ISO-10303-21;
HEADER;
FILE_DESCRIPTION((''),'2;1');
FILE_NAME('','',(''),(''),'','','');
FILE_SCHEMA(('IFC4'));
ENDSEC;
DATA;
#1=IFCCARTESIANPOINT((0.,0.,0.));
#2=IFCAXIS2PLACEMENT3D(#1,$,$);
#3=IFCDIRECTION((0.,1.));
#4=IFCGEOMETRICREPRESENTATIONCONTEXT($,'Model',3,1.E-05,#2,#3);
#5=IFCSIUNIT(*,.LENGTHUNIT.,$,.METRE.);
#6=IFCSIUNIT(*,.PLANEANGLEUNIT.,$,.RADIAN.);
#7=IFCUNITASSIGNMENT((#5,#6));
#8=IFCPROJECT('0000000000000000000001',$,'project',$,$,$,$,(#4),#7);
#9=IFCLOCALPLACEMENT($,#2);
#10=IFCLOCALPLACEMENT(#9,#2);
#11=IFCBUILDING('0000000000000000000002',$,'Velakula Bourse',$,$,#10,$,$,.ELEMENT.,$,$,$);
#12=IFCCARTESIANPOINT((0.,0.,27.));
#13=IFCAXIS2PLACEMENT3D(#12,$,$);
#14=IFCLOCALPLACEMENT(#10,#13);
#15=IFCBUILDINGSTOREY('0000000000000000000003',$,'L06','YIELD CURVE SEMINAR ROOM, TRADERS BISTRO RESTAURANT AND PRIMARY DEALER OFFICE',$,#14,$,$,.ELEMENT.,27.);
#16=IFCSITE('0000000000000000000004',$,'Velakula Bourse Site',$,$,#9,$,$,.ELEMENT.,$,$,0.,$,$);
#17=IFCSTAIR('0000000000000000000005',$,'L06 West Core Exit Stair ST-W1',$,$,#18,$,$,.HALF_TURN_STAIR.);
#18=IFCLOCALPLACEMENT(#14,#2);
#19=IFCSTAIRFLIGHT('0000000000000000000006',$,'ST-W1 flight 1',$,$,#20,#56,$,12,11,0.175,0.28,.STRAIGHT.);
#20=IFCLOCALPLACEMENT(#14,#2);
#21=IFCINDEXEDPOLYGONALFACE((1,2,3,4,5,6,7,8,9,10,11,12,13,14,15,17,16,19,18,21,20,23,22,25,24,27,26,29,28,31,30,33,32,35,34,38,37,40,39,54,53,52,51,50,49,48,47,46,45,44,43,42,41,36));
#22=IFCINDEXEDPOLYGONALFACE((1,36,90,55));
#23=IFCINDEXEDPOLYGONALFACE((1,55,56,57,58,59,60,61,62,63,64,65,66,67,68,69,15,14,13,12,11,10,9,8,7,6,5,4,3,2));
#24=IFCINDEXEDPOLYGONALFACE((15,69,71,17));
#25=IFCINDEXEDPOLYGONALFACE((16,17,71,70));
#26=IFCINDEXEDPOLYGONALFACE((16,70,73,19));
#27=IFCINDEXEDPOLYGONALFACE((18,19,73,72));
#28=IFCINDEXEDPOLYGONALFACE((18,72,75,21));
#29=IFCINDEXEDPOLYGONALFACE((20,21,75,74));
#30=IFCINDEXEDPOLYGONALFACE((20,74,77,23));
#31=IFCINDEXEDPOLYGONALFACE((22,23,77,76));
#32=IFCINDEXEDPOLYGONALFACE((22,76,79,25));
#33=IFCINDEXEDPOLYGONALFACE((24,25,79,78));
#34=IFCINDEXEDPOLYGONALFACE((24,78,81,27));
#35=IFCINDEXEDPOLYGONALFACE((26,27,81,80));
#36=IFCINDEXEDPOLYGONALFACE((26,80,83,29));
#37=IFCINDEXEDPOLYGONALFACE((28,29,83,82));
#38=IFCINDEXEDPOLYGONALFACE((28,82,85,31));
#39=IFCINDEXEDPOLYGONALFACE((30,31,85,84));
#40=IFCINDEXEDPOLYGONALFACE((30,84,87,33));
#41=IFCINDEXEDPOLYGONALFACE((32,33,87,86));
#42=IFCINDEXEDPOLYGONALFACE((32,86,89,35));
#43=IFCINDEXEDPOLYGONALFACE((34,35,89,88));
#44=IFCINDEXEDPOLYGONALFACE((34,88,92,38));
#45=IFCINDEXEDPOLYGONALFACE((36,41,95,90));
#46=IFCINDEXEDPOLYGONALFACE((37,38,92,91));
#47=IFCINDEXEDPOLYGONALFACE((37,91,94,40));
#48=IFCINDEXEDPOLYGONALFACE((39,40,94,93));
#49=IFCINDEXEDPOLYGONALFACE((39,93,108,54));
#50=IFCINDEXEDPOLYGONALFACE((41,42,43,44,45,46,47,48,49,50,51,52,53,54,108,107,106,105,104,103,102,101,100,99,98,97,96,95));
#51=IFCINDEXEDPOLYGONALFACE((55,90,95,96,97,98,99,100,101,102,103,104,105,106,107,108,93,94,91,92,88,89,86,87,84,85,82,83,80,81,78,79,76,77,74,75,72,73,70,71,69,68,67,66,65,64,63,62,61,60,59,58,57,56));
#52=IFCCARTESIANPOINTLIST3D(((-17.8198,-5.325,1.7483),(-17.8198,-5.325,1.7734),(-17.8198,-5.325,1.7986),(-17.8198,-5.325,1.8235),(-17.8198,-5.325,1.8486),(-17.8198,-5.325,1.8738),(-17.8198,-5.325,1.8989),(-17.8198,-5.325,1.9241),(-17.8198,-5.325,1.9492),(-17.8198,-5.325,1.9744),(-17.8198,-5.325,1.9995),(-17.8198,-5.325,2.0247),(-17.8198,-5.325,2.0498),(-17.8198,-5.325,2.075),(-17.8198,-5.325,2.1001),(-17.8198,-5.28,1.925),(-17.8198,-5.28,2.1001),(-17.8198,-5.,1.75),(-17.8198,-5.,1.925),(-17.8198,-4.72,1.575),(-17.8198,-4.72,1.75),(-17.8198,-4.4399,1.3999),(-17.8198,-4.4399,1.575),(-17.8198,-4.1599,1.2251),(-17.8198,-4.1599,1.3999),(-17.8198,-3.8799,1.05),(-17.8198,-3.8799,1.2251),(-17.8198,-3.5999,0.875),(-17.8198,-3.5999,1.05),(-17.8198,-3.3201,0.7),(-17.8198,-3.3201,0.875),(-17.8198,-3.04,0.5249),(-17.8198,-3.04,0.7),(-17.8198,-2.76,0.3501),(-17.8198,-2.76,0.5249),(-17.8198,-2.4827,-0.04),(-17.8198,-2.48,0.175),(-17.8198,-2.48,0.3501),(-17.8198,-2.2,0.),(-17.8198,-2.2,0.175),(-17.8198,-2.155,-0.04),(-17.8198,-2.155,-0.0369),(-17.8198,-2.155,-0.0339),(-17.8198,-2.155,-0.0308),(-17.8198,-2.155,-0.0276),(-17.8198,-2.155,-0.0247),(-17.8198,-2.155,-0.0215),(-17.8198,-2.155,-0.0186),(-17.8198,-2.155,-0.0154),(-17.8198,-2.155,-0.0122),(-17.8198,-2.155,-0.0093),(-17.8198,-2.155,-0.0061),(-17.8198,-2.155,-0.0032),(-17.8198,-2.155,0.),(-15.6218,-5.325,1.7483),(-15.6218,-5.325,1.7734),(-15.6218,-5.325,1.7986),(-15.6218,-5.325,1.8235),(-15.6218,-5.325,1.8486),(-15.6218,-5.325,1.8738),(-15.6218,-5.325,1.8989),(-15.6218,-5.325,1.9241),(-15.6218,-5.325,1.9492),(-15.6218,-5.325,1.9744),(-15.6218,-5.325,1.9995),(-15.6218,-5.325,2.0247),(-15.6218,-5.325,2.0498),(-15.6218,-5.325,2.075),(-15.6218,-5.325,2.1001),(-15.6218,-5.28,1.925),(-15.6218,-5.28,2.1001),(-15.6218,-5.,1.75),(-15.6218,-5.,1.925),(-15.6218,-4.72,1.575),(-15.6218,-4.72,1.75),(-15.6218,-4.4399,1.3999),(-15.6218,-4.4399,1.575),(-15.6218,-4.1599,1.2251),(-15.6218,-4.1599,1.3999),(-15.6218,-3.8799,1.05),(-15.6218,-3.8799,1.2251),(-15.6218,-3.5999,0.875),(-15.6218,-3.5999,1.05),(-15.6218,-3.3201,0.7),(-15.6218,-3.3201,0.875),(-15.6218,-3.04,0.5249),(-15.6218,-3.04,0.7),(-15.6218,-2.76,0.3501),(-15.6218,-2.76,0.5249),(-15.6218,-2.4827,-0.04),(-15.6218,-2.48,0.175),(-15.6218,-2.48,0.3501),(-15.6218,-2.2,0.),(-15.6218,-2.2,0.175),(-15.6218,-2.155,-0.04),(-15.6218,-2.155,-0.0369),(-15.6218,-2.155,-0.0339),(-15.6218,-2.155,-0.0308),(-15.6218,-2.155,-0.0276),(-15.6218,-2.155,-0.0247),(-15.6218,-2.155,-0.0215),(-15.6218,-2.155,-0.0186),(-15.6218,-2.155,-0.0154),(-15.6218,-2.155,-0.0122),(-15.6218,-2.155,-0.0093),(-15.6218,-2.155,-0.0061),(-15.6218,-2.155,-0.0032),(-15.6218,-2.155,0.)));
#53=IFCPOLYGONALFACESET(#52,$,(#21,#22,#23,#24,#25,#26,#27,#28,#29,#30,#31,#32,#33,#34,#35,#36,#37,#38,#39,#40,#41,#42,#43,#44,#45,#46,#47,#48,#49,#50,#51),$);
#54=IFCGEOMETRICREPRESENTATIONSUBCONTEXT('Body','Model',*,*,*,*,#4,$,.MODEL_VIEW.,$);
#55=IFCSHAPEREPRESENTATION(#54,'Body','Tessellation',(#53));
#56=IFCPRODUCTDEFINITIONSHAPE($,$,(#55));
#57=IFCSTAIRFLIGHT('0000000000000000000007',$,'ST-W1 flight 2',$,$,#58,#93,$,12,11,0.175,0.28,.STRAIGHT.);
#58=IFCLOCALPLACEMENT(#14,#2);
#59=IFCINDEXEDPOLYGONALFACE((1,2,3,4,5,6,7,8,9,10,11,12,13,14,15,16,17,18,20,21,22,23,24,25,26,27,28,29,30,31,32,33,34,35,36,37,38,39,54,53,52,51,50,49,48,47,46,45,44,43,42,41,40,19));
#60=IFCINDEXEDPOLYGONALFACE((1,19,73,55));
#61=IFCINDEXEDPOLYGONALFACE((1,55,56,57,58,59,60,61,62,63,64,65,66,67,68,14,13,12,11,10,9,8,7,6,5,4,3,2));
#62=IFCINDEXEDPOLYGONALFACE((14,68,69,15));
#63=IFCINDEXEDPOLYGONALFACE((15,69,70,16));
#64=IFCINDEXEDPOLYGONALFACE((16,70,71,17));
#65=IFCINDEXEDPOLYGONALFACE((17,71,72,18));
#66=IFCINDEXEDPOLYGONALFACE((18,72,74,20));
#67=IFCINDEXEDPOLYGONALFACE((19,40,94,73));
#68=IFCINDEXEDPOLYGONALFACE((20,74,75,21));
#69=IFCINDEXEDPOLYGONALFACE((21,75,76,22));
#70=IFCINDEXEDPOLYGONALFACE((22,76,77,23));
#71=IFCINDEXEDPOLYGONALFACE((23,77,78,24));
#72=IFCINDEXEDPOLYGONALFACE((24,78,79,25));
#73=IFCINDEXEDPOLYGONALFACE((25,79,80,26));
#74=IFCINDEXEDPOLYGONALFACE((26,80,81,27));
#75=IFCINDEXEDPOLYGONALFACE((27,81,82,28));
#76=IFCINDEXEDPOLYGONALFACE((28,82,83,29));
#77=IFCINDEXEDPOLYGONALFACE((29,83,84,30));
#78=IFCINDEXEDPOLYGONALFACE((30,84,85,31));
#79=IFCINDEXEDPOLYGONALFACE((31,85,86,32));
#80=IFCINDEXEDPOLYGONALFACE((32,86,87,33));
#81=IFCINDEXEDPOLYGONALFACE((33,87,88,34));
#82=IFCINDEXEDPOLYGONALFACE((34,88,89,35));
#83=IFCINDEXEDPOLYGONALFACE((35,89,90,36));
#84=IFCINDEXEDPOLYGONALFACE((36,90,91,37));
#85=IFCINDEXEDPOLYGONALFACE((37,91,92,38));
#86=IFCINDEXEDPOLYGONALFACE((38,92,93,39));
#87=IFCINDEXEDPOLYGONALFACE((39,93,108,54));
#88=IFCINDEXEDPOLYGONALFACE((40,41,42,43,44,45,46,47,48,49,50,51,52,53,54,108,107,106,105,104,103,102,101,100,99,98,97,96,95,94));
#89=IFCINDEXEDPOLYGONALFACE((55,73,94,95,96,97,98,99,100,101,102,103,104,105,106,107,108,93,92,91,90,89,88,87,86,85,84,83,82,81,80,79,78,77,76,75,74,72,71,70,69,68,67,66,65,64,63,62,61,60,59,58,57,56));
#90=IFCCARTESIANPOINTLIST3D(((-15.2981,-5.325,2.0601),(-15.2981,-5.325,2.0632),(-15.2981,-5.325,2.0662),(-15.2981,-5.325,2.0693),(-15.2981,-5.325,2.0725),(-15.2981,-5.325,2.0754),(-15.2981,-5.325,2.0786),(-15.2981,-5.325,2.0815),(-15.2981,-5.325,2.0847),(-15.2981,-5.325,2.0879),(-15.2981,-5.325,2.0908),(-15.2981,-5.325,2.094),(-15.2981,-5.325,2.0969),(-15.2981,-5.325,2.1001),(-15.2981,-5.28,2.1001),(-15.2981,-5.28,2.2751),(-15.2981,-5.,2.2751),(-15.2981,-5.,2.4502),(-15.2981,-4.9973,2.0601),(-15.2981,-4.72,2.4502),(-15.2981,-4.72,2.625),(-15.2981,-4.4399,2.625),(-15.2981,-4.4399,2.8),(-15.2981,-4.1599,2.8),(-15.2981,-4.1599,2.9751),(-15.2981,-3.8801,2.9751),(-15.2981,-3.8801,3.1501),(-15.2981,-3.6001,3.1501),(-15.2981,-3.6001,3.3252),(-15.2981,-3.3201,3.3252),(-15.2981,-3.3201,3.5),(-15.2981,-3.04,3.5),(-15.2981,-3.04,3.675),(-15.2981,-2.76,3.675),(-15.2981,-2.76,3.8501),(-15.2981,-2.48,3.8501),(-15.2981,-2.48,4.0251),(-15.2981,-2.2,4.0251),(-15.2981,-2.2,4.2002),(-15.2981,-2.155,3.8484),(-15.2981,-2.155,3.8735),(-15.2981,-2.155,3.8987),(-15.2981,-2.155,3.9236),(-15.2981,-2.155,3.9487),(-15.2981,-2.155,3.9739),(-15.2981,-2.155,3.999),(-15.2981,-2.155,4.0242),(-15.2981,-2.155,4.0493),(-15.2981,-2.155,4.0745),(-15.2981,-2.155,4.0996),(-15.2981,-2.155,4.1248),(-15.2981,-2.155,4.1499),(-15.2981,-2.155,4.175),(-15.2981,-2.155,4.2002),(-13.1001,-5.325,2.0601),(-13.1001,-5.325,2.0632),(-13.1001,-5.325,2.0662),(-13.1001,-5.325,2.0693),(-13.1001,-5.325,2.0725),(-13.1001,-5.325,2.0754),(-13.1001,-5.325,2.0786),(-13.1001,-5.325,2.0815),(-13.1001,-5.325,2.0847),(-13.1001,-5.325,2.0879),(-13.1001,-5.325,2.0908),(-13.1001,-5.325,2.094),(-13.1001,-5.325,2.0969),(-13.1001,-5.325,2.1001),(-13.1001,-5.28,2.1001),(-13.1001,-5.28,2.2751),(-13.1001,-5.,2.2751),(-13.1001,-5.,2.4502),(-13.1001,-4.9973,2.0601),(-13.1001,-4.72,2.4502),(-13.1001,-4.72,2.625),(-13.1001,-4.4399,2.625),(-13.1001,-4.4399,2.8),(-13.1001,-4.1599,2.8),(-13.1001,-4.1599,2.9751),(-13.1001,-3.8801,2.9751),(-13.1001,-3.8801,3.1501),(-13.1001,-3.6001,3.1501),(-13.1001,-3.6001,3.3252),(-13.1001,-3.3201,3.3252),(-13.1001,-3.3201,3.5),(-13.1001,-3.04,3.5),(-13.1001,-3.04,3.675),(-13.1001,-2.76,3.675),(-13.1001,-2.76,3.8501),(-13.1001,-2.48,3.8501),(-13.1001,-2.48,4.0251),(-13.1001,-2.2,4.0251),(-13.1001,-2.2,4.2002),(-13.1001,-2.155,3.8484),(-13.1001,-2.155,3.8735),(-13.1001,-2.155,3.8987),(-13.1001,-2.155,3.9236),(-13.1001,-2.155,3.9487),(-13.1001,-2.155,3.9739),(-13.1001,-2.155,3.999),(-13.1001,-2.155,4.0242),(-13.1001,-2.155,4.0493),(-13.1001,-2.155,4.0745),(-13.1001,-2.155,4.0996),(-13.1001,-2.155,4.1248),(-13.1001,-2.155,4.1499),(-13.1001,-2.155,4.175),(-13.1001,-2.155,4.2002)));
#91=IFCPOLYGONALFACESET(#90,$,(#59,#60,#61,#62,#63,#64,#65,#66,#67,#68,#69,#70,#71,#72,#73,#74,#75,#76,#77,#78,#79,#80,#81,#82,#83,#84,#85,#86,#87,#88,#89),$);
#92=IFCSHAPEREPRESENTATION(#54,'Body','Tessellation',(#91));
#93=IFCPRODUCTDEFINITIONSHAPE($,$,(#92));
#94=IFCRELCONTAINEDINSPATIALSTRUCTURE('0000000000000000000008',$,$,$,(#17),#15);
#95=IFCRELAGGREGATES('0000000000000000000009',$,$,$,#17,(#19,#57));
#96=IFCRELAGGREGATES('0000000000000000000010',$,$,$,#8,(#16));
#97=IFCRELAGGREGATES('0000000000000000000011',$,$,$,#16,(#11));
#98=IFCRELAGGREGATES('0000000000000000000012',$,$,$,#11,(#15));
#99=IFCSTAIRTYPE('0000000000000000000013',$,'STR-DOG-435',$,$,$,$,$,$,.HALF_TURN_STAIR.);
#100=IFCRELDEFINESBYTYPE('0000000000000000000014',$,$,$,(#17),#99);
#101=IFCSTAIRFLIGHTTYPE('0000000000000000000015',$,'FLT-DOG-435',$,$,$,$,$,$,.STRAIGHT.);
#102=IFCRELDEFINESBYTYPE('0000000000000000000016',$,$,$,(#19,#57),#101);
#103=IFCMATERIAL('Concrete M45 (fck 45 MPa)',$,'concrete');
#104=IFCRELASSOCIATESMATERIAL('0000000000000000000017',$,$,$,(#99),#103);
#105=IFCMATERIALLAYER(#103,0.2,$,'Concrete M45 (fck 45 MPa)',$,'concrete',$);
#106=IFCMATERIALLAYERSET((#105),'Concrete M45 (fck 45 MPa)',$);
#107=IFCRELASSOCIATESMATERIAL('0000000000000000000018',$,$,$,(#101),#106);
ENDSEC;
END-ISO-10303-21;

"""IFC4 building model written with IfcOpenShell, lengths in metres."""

from ifc_helpers import new_model, si_unit, direction, frame, origin, place, context, subcontext, project, spatial, polyline, outline, extrude, material, layer, layer_set, type_object, element, aggregate, save


model = new_model("IFC4")

# Units and contexts
model_context = context("Model", 3, precision=1e-05, world=origin(), true_north=direction((0.0, 1.0)))
body_context = subcontext(model_context, "Body", "Model", "MODEL_VIEW")
ifc_project = project(units=[si_unit("LENGTHUNIT", "METRE"), si_unit("PLANEANGLEUNIT", "RADIAN")], contexts=[model_context])

# Site, building, storey
site_placement = place(None, origin())
site = spatial("IfcSite", under=ifc_project, at=site_placement, Name="Velakula Bourse Site", CompositionType="ELEMENT", RefElevation=0.0)
building_placement = place(site_placement, origin())
building = spatial("IfcBuilding", under=site, at=building_placement, Name="Velakula Bourse", CompositionType="ELEMENT")
storey_placement = place(building_placement, frame((0.0, 0.0, 27.0)))
storey = spatial("IfcBuildingStorey", under=building, at=storey_placement, Name="L06", Description="YIELD CURVE SEMINAR ROOM, TRADERS BISTRO RESTAURANT AND PRIMARY DEALER OFFICE", CompositionType="ELEMENT", Elevation=27.0)

# Stair, stair flights
ifc_material_1 = material(Name="Concrete M45 (fck 45 MPa)", Category="concrete")
stair_type = type_object("IfcStairType", Name="STR-DOG-435", PredefinedType="HALF_TURN_STAIR", material=ifc_material_1)
stair_placement = place(storey_placement, origin())
stair = element("IfcStair", 1, at=stair_placement, inside=storey, type_object=stair_type, Name="L06 West Core Exit Stair ST-W1", PredefinedType="HALF_TURN_STAIR")
ifc_layer_1 = layer(ifc_material_1, 0.2, Name="Concrete M45 (fck 45 MPa)", Category="concrete")
ifc_layer_set_1 = layer_set([ifc_layer_1], Name="Concrete M45 (fck 45 MPa)")
stair_flight_type = type_object("IfcStairFlightType", Name="FLT-DOG-435", PredefinedType="STRAIGHT", material=ifc_layer_set_1)
stair_flight_1_placement = place(storey_placement, frame((-16.7209, -2.2, 0.0), z_axis=(0.0, 0.0, 1.0), x_axis=(0.0, -1.0, 0.0)))
stair_flight_1 = element("IfcStairFlight", 2, at=stair_flight_1_placement, type_object=stair_flight_type, Name="ST-W1 flight 1", NumberOfRisers=12, NumberOfTreads=11, PredefinedType="STRAIGHT", RiserHeight=0.175, TreadLength=0.28, context=body_context, shape_type="SweptSolid", body=[
    extrude(outline(polyline([(-0.0449, -0.04), (-0.0449, -0.0369), (-0.0449, -0.0339), (-0.0449, -0.0308), (-0.0449, -0.0276), (-0.0449, -0.0247), (-0.0449, -0.0215), (-0.0449, -0.0186), (-0.0449, -0.0154), (-0.0449, -0.0122), (-0.0449, -0.0093), (-0.0449, -0.0061), (-0.0449, -0.0032), (-0.0449, 0.0), (0.0, 0.0), (0.0, 0.175), (0.28, 0.175), (0.28, 0.3501), (0.5601, 0.3501), (0.5601, 0.5249), (0.8401, 0.5249), (0.8401, 0.7), (1.1201, 0.7), (1.1201, 0.875), (1.3999, 0.875), (1.3999, 1.05), (1.6799, 1.05), (1.6799, 1.2251), (1.96, 1.2251), (1.96, 1.3999), (2.24, 1.3999), (2.24, 1.575), (2.52, 1.575), (2.52, 1.75), (2.8, 1.75), (2.8, 1.925), (3.0801, 1.925), (3.0801, 2.1001), (3.125, 2.1001), (3.125, 2.075), (3.125, 2.0498), (3.125, 2.0247), (3.125, 1.9995), (3.125, 1.9744), (3.125, 1.9492), (3.125, 1.9241), (3.125, 1.8989), (3.125, 1.8738), (3.125, 1.8486), (3.125, 1.8235), (3.125, 1.7986), (3.125, 1.7734), (3.125, 1.7483), (0.2827, -0.04), (-0.0449, -0.04)])), frame((0.0, 1.0991, 0.0), z_axis=(0.0, -1.0, 0.0), x_axis=(1.0, 0.0, 0.0)), (0.0, 0.0, 1.0), 2.198),
])
stair_flight_2_placement = place(storey_placement, frame((-14.199, -5.28, 2.1001), z_axis=(0.0, 0.0, 1.0), x_axis=(0.0, 1.0, 0.0)))
stair_flight_2 = element("IfcStairFlight", 3, at=stair_flight_2_placement, type_object=stair_flight_type, Name="ST-W1 flight 2", NumberOfRisers=12, NumberOfTreads=11, PredefinedType="STRAIGHT", RiserHeight=0.175, TreadLength=0.28, context=body_context, shape_type="SweptSolid", body=[
    extrude(outline(polyline([(-0.0449, -0.04), (-0.0449, -0.0369), (-0.0449, -0.0339), (-0.0449, -0.0308), (-0.0449, -0.0276), (-0.0449, -0.0247), (-0.0449, -0.0215), (-0.0449, -0.0186), (-0.0449, -0.0154), (-0.0449, -0.0122), (-0.0449, -0.0093), (-0.0449, -0.0061), (-0.0449, -0.0032), (-0.0449, 0.0), (0.0, 0.0), (0.0, 0.175), (0.28, 0.175), (0.28, 0.3501), (0.5601, 0.3501), (0.5601, 0.5249), (0.8401, 0.5249), (0.8401, 0.7), (1.1201, 0.7), (1.1201, 0.875), (1.3999, 0.875), (1.3999, 1.05), (1.6799, 1.05), (1.6799, 1.2251), (1.96, 1.2251), (1.96, 1.3999), (2.24, 1.3999), (2.24, 1.575), (2.52, 1.575), (2.52, 1.75), (2.8, 1.75), (2.8, 1.925), (3.0801, 1.925), (3.0801, 2.1001), (3.125, 2.1001), (3.125, 2.075), (3.125, 2.0498), (3.125, 2.0247), (3.125, 1.9995), (3.125, 1.9744), (3.125, 1.9492), (3.125, 1.9241), (3.125, 1.8989), (3.125, 1.8738), (3.125, 1.8486), (3.125, 1.8235), (3.125, 1.7986), (3.125, 1.7734), (3.125, 1.7483), (0.2827, -0.04), (-0.0449, -0.04)])), frame((0.0, 1.0991, 0.0), z_axis=(0.0, -1.0, 0.0), x_axis=(1.0, 0.0, 0.0)), (0.0, 0.0, 1.0), 2.198),
])
aggregate(stair, [stair_flight_1, stair_flight_2])

save(model, "model.ifc")
